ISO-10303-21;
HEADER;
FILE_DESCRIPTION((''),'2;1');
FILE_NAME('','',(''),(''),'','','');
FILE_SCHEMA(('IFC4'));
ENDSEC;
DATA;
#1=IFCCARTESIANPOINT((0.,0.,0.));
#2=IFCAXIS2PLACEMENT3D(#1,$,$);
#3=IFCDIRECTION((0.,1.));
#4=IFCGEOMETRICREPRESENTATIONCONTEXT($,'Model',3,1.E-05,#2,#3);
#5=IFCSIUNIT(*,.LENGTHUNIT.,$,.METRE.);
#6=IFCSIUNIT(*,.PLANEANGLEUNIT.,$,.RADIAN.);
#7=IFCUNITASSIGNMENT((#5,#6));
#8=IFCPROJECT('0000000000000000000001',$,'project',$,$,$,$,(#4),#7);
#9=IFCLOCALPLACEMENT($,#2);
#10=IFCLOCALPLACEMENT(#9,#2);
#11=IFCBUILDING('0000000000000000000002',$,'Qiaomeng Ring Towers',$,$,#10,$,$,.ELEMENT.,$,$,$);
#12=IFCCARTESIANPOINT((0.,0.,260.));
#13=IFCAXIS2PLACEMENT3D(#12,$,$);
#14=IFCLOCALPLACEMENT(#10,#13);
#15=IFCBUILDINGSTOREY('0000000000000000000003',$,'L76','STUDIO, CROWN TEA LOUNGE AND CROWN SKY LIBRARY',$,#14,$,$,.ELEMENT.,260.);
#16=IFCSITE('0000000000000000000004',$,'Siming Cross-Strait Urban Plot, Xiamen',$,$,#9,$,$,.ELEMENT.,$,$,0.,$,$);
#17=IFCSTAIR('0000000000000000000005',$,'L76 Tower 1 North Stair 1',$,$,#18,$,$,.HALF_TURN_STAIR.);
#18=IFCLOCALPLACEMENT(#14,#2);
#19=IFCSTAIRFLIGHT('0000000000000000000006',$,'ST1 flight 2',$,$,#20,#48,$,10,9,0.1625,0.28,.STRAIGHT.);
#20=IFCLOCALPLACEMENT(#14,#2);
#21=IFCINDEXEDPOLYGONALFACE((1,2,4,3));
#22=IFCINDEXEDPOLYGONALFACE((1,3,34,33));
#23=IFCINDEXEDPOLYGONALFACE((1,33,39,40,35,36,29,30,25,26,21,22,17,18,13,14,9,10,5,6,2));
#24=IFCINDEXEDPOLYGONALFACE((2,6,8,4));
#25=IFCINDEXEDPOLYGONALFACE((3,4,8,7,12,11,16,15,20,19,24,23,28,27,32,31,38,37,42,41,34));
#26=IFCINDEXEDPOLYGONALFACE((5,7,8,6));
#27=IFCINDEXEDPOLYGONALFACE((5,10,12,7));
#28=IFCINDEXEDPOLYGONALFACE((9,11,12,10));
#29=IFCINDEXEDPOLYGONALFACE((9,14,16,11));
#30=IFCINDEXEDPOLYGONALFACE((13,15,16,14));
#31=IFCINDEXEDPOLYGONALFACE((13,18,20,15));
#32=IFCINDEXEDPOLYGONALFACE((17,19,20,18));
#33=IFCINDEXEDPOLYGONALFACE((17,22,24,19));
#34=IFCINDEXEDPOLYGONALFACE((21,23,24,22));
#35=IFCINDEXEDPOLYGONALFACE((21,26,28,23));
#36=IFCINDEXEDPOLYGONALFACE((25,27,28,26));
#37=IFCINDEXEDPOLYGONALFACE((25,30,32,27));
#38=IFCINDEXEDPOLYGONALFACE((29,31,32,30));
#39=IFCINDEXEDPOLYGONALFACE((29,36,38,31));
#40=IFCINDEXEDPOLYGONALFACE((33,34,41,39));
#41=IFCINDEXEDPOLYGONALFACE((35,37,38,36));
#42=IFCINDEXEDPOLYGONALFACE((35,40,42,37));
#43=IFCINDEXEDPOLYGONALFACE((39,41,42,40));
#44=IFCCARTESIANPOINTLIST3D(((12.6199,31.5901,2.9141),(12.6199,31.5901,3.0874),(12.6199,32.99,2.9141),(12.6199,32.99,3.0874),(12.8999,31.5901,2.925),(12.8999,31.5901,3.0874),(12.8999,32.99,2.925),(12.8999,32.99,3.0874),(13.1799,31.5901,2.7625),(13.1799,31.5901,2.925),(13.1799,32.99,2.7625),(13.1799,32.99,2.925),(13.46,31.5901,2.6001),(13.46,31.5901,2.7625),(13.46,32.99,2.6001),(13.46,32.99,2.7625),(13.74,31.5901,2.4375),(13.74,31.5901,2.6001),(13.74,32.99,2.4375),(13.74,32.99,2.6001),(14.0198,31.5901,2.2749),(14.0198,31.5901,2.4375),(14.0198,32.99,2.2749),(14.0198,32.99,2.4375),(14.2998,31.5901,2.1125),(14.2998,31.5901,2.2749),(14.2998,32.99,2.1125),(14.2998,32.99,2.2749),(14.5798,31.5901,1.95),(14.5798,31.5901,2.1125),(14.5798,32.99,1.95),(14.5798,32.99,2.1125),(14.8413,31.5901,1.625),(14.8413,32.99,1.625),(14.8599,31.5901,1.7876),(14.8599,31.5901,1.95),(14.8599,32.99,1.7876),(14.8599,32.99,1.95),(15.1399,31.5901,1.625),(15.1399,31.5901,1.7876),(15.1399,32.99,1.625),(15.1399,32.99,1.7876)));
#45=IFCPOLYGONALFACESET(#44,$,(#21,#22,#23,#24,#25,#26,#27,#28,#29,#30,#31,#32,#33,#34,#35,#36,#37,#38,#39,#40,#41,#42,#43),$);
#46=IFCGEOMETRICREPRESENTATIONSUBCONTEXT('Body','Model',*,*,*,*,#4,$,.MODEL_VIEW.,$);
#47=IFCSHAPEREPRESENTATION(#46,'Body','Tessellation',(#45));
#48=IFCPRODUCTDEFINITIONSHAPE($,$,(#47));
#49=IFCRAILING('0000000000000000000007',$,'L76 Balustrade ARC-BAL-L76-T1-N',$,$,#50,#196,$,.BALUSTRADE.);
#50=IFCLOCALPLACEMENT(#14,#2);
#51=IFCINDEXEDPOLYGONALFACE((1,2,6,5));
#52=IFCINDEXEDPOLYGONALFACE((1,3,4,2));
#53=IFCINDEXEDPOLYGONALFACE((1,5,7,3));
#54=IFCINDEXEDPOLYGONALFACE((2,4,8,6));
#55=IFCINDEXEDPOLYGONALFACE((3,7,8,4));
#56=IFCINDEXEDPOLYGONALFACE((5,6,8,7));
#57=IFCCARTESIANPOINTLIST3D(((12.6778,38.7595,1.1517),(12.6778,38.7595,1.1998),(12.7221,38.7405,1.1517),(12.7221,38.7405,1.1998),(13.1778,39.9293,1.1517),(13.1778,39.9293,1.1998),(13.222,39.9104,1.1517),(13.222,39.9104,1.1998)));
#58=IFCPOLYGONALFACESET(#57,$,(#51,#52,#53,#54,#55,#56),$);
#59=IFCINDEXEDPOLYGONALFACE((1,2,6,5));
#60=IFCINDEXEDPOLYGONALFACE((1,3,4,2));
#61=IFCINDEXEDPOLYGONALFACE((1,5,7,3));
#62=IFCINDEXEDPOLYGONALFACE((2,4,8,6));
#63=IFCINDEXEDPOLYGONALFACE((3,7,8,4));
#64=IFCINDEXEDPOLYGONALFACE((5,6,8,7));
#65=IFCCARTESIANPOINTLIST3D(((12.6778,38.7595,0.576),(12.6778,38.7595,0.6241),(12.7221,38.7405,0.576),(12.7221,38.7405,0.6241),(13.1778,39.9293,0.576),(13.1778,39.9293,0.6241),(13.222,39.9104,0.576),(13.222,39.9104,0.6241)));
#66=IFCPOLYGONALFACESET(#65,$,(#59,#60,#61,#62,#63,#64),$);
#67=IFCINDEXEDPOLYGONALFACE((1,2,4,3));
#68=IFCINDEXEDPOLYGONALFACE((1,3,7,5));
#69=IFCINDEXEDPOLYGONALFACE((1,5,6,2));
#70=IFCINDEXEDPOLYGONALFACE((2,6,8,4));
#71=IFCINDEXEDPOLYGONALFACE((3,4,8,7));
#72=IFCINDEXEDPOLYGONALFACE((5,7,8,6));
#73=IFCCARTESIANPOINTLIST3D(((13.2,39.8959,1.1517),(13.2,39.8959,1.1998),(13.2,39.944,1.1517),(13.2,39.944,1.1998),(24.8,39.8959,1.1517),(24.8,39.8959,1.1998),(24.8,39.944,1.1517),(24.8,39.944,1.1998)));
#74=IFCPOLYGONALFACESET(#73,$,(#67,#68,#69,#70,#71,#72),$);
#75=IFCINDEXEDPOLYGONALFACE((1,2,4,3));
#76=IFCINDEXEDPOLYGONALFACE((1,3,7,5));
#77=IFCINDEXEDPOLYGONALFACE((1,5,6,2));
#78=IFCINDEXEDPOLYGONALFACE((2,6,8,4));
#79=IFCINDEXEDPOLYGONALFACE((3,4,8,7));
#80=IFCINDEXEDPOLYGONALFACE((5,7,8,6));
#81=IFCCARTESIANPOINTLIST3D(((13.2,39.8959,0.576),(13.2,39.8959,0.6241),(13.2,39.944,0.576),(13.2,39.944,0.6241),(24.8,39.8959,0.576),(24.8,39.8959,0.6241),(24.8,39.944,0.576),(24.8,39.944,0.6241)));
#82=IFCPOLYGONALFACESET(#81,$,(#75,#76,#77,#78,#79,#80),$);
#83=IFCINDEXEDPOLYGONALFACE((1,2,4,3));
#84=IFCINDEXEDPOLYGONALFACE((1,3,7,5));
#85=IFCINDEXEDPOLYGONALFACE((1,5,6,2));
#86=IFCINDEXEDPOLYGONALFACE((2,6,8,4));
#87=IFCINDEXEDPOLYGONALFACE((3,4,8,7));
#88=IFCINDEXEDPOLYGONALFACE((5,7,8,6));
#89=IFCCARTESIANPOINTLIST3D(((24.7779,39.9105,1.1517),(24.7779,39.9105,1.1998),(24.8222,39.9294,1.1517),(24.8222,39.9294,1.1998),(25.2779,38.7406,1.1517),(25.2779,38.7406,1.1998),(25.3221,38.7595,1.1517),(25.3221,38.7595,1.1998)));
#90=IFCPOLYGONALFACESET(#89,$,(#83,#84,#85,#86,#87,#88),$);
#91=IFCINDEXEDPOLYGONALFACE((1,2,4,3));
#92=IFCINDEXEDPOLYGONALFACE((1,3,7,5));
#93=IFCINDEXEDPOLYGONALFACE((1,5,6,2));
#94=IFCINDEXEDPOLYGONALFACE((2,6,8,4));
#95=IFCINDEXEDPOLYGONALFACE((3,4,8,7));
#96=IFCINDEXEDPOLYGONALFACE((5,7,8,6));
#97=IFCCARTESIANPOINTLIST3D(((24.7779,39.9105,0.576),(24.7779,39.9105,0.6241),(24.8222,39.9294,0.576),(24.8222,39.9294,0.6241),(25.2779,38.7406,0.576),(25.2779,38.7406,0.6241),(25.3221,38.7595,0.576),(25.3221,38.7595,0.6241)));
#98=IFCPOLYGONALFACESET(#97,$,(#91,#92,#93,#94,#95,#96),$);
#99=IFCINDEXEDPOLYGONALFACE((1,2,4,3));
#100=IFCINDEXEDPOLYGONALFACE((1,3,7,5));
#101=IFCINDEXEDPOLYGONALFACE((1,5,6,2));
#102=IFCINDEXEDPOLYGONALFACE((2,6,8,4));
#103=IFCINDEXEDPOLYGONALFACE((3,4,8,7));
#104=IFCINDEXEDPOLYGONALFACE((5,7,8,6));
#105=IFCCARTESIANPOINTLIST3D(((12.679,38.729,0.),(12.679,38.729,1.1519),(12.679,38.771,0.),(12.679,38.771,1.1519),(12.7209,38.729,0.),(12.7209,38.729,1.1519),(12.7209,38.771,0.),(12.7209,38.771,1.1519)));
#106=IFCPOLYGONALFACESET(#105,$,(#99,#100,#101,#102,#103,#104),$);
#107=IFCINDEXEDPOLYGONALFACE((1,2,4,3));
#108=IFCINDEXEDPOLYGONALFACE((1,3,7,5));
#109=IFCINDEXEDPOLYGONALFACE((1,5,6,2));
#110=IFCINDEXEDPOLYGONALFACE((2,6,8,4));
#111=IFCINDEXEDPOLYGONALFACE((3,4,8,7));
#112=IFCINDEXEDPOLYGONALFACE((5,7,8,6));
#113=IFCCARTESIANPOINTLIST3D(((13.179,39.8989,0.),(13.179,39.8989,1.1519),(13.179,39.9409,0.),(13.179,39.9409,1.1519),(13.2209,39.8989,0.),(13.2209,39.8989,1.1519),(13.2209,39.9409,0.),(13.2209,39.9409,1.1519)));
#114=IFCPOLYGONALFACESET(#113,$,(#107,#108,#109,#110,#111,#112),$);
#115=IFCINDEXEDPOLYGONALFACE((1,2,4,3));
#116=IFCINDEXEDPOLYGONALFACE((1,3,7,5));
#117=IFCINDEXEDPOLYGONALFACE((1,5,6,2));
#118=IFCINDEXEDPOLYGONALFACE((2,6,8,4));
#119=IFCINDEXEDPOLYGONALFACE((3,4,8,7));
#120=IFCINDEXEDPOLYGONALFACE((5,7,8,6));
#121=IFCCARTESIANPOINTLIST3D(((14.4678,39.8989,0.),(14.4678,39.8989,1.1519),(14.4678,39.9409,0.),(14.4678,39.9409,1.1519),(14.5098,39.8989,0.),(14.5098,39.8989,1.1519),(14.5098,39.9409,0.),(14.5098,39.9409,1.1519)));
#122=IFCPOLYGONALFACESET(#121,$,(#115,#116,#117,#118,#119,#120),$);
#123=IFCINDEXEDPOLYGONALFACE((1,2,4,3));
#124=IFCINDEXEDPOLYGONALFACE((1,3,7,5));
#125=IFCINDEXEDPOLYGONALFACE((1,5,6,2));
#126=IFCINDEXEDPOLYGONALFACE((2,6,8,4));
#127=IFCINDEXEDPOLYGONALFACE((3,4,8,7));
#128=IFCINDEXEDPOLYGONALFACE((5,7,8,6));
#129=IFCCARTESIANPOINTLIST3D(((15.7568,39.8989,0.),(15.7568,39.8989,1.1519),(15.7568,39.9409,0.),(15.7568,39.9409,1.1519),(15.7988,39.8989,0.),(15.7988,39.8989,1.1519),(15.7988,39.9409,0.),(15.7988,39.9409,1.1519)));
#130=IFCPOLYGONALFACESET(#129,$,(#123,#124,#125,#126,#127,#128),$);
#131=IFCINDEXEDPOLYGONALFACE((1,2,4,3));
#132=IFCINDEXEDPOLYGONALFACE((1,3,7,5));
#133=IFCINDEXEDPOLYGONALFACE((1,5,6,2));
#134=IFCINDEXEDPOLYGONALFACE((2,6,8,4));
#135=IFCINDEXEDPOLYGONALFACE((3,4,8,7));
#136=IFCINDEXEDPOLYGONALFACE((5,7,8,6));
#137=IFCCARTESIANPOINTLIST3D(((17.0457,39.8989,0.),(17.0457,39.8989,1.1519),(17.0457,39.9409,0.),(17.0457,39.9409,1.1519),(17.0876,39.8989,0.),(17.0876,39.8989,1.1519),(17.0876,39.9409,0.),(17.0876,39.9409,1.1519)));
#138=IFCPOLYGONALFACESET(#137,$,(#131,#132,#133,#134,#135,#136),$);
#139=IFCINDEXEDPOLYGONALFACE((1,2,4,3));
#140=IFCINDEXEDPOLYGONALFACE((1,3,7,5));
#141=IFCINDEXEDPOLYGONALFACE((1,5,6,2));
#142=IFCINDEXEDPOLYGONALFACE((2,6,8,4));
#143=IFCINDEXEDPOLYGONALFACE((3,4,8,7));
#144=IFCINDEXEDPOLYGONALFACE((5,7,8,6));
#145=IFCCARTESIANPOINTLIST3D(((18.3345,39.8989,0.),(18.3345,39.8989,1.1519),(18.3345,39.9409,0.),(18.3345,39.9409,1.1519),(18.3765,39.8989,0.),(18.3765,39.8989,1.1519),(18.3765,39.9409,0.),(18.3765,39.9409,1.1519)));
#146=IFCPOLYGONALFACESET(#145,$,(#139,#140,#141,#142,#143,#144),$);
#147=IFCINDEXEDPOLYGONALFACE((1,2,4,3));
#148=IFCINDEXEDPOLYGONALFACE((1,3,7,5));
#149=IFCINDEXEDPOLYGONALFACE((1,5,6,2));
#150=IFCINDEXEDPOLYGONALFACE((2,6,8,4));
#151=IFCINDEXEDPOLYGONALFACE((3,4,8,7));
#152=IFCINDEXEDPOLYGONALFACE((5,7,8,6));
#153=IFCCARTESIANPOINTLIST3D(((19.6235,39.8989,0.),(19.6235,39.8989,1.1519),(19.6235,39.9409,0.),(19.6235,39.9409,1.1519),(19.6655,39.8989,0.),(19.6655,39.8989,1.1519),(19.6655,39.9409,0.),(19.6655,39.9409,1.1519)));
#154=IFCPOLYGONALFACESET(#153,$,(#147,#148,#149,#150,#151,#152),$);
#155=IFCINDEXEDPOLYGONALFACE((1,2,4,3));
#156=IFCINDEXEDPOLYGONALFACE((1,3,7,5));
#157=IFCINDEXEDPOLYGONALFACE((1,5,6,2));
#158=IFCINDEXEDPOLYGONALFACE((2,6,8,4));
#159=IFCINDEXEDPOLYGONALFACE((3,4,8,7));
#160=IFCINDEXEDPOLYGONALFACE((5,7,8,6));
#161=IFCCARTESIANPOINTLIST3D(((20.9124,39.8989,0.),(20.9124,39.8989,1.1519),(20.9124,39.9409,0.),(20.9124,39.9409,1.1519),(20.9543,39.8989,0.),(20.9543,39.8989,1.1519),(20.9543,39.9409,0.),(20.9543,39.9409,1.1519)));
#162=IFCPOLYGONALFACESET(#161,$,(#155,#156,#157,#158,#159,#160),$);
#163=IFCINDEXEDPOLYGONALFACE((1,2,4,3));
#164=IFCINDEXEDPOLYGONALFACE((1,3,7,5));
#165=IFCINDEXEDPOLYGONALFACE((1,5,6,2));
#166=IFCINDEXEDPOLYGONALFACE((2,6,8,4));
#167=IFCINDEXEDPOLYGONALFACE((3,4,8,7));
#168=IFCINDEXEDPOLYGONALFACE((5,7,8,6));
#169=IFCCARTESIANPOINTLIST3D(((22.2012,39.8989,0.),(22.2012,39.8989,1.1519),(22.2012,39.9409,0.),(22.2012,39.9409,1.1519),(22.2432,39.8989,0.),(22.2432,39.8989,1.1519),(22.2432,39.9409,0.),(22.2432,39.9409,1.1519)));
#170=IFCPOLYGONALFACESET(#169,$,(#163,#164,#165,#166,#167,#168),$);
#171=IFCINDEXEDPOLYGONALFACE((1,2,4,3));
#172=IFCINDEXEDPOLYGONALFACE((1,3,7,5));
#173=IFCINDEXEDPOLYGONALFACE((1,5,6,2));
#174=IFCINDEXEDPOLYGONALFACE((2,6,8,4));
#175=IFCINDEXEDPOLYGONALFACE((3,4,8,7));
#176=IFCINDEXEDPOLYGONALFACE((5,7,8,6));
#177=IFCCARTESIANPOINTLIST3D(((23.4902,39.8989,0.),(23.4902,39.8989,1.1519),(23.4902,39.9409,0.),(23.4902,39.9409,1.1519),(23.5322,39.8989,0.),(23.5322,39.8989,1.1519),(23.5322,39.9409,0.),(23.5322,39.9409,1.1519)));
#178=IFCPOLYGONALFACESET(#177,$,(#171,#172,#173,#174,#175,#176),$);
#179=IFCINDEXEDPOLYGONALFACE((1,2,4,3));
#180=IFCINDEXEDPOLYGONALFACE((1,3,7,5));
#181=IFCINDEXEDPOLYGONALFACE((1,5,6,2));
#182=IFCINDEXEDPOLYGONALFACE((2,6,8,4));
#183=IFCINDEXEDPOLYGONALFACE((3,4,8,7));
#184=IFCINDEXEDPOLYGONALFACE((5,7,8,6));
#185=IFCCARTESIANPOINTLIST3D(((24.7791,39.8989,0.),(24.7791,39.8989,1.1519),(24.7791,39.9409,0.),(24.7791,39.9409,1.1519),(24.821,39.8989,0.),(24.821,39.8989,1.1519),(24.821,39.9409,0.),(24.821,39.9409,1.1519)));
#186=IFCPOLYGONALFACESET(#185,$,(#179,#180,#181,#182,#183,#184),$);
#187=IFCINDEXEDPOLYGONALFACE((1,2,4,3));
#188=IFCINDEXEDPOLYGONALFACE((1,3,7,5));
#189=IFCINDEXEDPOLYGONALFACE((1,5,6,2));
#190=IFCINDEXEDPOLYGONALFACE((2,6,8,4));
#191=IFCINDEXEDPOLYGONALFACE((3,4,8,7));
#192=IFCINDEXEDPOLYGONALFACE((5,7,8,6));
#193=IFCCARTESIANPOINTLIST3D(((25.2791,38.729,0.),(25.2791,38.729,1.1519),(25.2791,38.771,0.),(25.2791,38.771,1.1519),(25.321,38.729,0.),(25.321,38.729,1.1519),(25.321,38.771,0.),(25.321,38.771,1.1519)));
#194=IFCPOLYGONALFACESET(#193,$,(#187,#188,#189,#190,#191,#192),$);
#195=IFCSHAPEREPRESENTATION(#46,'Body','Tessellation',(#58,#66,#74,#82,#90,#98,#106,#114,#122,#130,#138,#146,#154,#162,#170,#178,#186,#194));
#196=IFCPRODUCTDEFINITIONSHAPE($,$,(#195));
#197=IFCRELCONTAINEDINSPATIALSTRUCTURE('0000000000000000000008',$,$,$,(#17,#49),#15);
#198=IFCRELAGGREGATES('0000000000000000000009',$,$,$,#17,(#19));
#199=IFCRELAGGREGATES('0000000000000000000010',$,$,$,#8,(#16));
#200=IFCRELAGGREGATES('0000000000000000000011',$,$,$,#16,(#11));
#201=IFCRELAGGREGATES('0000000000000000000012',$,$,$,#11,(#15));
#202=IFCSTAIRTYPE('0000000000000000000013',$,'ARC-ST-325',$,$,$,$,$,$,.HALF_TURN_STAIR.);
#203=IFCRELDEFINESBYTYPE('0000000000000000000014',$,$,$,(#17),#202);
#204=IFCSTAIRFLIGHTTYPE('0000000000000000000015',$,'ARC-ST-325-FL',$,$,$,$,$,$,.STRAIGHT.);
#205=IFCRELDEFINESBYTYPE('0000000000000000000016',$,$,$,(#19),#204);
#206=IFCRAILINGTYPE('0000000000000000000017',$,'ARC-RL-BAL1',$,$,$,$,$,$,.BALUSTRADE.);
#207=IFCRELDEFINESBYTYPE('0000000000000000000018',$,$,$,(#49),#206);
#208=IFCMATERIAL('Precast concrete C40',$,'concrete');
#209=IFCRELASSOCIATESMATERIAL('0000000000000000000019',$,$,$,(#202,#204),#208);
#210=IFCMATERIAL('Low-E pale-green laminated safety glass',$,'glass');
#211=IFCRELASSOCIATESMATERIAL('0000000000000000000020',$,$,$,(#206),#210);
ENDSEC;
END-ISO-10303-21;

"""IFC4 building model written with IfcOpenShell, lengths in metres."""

from ifc_helpers import new_model, si_unit, direction, frame, origin, origin_2d, place, context, subcontext, project, spatial, polyline, rectangle, outline, extrude, source, transform, mapped, material, type_object, element, aggregate, save


model = new_model("IFC4")

# Units and contexts
model_context = context("Model", 3, precision=1e-05, world=origin(), true_north=direction((0.0, 1.0)))
body_context = subcontext(model_context, "Body", "Model", "MODEL_VIEW")
ifc_project = project(units=[si_unit("LENGTHUNIT", "METRE"), si_unit("PLANEANGLEUNIT", "RADIAN")], contexts=[model_context])

# Site, building, storey
site_placement = place(None, origin())
site = spatial("IfcSite", under=ifc_project, at=site_placement, Name="Siming Cross-Strait Urban Plot, Xiamen", CompositionType="ELEMENT", RefElevation=0.0)
building_placement = place(site_placement, origin())
building = spatial("IfcBuilding", under=site, at=building_placement, Name="Qiaomeng Ring Towers", CompositionType="ELEMENT")
storey_placement = place(building_placement, frame((0.0, 0.0, 260.0)))
storey = spatial("IfcBuildingStorey", under=building, at=storey_placement, Name="L76", Description="STUDIO, CROWN TEA LOUNGE AND CROWN SKY LIBRARY", CompositionType="ELEMENT", Elevation=260.0)

# Stair, stair flight
ifc_material_1 = material(Name="Precast concrete C40", Category="concrete")
stair_type = type_object("IfcStairType", Name="ARC-ST-325", PredefinedType="HALF_TURN_STAIR", material=ifc_material_1)
stair_placement = place(storey_placement, origin())
stair = element("IfcStair", 1, at=stair_placement, inside=storey, type_object=stair_type, Name="L76 Tower 1 North Stair 1", PredefinedType="HALF_TURN_STAIR")
stair_flight_type = type_object("IfcStairFlightType", Name="ARC-ST-325-FL", PredefinedType="STRAIGHT", material=ifc_material_1)
shared_shape_1 = source(origin(), body_context, "Body", "SweptSolid", [
    extrude(outline(polyline([(0.0, 0.0), (0.0, 0.1626), (0.28, 0.1626), (0.28, 0.325), (0.5601, 0.325), (0.5601, 0.4875), (0.8401, 0.4875), (0.8401, 0.6499), (1.1201, 0.6499), (1.1201, 0.8125), (1.3999, 0.8125), (1.3999, 0.9751), (1.6799, 0.9751), (1.6799, 1.1375), (1.96, 1.1375), (1.96, 1.3), (2.24, 1.3), (2.24, 1.4624), (2.52, 1.4624), (2.52, 1.625), (2.52, 1.2891), (0.2986, 0.0), (0.0, 0.0)])), frame((0.0, 0.7, 0.0), z_axis=(0.0, -1.0, 0.0), x_axis=(1.0, 0.0, 0.0)), (0.0, 0.0, 1.0), 1.3999),
])
stair_flight_placement = place(storey_placement, frame((15.1399, 32.29, 1.625), z_axis=(0.0, 0.0, 1.0), x_axis=(-1.0, 0.0, 0.0)))
stair_flight = element("IfcStairFlight", 2, at=stair_flight_placement, type_object=stair_flight_type, Name="ST1 flight 2", NumberOfRisers=10, NumberOfTreads=9, PredefinedType="STRAIGHT", RiserHeight=0.1625, TreadLength=0.28, context=body_context, shape_type="MappedRepresentation", body=[
    mapped(shared_shape_1, transform((0.0, 0.0, 0.0), x_axis=(1.0, 0.0, 0.0), y_axis=(0.0, 1.0, 0.0), z_axis=(0.0, 0.0, 1.0), scale=1.0)),
])
aggregate(stair, [stair_flight])

# Railing
ifc_material_2 = material(Name="Low-E pale-green laminated safety glass", Category="glass")
railing_type_1 = type_object("IfcRailingType", Name="ARC-RL-BAL1", PredefinedType="BALUSTRADE", material=ifc_material_2)
railing_1_placement = place(storey_placement, frame((12.7, 38.75, 0.0)))
element("IfcRailing", 3, at=railing_1_placement, inside=storey, type_object=railing_type_1, Name="L76 Balustrade ARC-BAL-L76-T1-N", PredefinedType="BALUSTRADE", context=body_context, shape_type="SweptSolid", body=[
    extrude(rectangle(XDim=0.0481, YDim=0.0481, at=origin_2d()), frame((0.0, 0.0, 1.1758), z_axis=(0.392993, 0.919542, 0.0), x_axis=(-0.919542, 0.392993, 0.0)), (0.0, 0.0, 1.0), 1.2722),
    extrude(rectangle(XDim=0.0481, YDim=0.0481, at=origin_2d()), frame((0.0, 0.0, 0.6001), z_axis=(0.392993, 0.919542, 0.0), x_axis=(-0.919542, 0.392993, 0.0)), (0.0, 0.0, 1.0), 1.2722),
    extrude(rectangle(XDim=0.0481, YDim=0.0481, at=origin_2d()), frame((0.5, 1.1699, 1.1758), z_axis=(1.0, 0.0, 0.0), x_axis=(0.0, 1.0, 0.0)), (0.0, 0.0, 1.0), 11.6001),
    extrude(rectangle(XDim=0.0481, YDim=0.0481, at=origin_2d()), frame((0.5, 1.1699, 0.6001), z_axis=(1.0, 0.0, 0.0), x_axis=(0.0, 1.0, 0.0)), (0.0, 0.0, 1.0), 11.6001),
    extrude(rectangle(XDim=0.0481, YDim=0.0481, at=origin_2d()), frame((12.1001, 1.1699, 1.1758), z_axis=(0.392993, -0.919542, 0.0), x_axis=(0.919542, 0.392993, 0.0)), (0.0, 0.0, 1.0), 1.2722),
    extrude(rectangle(XDim=0.0481, YDim=0.0481, at=origin_2d()), frame((12.1001, 1.1699, 0.6001), z_axis=(0.392993, -0.919542, 0.0), x_axis=(0.919542, 0.392993, 0.0)), (0.0, 0.0, 1.0), 1.2722),
    extrude(rectangle(XDim=0.042, YDim=0.042, at=origin_2d()), origin(), (0.0, 0.0, 1.0), 1.1519),
    extrude(rectangle(XDim=0.042, YDim=0.042, at=origin_2d()), frame((0.5, 1.1699, 0.0)), (0.0, 0.0, 1.0), 1.1519),
    extrude(rectangle(XDim=0.042, YDim=0.042, at=origin_2d()), frame((1.7888, 1.1699, 0.0)), (0.0, 0.0, 1.0), 1.1519),
    extrude(rectangle(XDim=0.042, YDim=0.042, at=origin_2d()), frame((3.0779, 1.1699, 0.0)), (0.0, 0.0, 1.0), 1.1519),
    extrude(rectangle(XDim=0.042, YDim=0.042, at=origin_2d()), frame((4.3667, 1.1699, 0.0)), (0.0, 0.0, 1.0), 1.1519),
    extrude(rectangle(XDim=0.042, YDim=0.042, at=origin_2d()), frame((5.6555, 1.1699, 0.0)), (0.0, 0.0, 1.0), 1.1519),
    extrude(rectangle(XDim=0.042, YDim=0.042, at=origin_2d()), frame((6.9446, 1.1699, 0.0)), (0.0, 0.0, 1.0), 1.1519),
    extrude(rectangle(XDim=0.042, YDim=0.042, at=origin_2d()), frame((8.2334, 1.1699, 0.0)), (0.0, 0.0, 1.0), 1.1519),
    extrude(rectangle(XDim=0.042, YDim=0.042, at=origin_2d()), frame((9.5222, 1.1699, 0.0)), (0.0, 0.0, 1.0), 1.1519),
    extrude(rectangle(XDim=0.042, YDim=0.042, at=origin_2d()), frame((10.8113, 1.1699, 0.0)), (0.0, 0.0, 1.0), 1.1519),
    extrude(rectangle(XDim=0.042, YDim=0.042, at=origin_2d()), frame((12.1001, 1.1699, 0.0)), (0.0, 0.0, 1.0), 1.1519),
    extrude(rectangle(XDim=0.042, YDim=0.042, at=origin_2d()), frame((12.6001, 0.0, 0.0)), (0.0, 0.0, 1.0), 1.1519),
])

save(model, "model.ifc")
